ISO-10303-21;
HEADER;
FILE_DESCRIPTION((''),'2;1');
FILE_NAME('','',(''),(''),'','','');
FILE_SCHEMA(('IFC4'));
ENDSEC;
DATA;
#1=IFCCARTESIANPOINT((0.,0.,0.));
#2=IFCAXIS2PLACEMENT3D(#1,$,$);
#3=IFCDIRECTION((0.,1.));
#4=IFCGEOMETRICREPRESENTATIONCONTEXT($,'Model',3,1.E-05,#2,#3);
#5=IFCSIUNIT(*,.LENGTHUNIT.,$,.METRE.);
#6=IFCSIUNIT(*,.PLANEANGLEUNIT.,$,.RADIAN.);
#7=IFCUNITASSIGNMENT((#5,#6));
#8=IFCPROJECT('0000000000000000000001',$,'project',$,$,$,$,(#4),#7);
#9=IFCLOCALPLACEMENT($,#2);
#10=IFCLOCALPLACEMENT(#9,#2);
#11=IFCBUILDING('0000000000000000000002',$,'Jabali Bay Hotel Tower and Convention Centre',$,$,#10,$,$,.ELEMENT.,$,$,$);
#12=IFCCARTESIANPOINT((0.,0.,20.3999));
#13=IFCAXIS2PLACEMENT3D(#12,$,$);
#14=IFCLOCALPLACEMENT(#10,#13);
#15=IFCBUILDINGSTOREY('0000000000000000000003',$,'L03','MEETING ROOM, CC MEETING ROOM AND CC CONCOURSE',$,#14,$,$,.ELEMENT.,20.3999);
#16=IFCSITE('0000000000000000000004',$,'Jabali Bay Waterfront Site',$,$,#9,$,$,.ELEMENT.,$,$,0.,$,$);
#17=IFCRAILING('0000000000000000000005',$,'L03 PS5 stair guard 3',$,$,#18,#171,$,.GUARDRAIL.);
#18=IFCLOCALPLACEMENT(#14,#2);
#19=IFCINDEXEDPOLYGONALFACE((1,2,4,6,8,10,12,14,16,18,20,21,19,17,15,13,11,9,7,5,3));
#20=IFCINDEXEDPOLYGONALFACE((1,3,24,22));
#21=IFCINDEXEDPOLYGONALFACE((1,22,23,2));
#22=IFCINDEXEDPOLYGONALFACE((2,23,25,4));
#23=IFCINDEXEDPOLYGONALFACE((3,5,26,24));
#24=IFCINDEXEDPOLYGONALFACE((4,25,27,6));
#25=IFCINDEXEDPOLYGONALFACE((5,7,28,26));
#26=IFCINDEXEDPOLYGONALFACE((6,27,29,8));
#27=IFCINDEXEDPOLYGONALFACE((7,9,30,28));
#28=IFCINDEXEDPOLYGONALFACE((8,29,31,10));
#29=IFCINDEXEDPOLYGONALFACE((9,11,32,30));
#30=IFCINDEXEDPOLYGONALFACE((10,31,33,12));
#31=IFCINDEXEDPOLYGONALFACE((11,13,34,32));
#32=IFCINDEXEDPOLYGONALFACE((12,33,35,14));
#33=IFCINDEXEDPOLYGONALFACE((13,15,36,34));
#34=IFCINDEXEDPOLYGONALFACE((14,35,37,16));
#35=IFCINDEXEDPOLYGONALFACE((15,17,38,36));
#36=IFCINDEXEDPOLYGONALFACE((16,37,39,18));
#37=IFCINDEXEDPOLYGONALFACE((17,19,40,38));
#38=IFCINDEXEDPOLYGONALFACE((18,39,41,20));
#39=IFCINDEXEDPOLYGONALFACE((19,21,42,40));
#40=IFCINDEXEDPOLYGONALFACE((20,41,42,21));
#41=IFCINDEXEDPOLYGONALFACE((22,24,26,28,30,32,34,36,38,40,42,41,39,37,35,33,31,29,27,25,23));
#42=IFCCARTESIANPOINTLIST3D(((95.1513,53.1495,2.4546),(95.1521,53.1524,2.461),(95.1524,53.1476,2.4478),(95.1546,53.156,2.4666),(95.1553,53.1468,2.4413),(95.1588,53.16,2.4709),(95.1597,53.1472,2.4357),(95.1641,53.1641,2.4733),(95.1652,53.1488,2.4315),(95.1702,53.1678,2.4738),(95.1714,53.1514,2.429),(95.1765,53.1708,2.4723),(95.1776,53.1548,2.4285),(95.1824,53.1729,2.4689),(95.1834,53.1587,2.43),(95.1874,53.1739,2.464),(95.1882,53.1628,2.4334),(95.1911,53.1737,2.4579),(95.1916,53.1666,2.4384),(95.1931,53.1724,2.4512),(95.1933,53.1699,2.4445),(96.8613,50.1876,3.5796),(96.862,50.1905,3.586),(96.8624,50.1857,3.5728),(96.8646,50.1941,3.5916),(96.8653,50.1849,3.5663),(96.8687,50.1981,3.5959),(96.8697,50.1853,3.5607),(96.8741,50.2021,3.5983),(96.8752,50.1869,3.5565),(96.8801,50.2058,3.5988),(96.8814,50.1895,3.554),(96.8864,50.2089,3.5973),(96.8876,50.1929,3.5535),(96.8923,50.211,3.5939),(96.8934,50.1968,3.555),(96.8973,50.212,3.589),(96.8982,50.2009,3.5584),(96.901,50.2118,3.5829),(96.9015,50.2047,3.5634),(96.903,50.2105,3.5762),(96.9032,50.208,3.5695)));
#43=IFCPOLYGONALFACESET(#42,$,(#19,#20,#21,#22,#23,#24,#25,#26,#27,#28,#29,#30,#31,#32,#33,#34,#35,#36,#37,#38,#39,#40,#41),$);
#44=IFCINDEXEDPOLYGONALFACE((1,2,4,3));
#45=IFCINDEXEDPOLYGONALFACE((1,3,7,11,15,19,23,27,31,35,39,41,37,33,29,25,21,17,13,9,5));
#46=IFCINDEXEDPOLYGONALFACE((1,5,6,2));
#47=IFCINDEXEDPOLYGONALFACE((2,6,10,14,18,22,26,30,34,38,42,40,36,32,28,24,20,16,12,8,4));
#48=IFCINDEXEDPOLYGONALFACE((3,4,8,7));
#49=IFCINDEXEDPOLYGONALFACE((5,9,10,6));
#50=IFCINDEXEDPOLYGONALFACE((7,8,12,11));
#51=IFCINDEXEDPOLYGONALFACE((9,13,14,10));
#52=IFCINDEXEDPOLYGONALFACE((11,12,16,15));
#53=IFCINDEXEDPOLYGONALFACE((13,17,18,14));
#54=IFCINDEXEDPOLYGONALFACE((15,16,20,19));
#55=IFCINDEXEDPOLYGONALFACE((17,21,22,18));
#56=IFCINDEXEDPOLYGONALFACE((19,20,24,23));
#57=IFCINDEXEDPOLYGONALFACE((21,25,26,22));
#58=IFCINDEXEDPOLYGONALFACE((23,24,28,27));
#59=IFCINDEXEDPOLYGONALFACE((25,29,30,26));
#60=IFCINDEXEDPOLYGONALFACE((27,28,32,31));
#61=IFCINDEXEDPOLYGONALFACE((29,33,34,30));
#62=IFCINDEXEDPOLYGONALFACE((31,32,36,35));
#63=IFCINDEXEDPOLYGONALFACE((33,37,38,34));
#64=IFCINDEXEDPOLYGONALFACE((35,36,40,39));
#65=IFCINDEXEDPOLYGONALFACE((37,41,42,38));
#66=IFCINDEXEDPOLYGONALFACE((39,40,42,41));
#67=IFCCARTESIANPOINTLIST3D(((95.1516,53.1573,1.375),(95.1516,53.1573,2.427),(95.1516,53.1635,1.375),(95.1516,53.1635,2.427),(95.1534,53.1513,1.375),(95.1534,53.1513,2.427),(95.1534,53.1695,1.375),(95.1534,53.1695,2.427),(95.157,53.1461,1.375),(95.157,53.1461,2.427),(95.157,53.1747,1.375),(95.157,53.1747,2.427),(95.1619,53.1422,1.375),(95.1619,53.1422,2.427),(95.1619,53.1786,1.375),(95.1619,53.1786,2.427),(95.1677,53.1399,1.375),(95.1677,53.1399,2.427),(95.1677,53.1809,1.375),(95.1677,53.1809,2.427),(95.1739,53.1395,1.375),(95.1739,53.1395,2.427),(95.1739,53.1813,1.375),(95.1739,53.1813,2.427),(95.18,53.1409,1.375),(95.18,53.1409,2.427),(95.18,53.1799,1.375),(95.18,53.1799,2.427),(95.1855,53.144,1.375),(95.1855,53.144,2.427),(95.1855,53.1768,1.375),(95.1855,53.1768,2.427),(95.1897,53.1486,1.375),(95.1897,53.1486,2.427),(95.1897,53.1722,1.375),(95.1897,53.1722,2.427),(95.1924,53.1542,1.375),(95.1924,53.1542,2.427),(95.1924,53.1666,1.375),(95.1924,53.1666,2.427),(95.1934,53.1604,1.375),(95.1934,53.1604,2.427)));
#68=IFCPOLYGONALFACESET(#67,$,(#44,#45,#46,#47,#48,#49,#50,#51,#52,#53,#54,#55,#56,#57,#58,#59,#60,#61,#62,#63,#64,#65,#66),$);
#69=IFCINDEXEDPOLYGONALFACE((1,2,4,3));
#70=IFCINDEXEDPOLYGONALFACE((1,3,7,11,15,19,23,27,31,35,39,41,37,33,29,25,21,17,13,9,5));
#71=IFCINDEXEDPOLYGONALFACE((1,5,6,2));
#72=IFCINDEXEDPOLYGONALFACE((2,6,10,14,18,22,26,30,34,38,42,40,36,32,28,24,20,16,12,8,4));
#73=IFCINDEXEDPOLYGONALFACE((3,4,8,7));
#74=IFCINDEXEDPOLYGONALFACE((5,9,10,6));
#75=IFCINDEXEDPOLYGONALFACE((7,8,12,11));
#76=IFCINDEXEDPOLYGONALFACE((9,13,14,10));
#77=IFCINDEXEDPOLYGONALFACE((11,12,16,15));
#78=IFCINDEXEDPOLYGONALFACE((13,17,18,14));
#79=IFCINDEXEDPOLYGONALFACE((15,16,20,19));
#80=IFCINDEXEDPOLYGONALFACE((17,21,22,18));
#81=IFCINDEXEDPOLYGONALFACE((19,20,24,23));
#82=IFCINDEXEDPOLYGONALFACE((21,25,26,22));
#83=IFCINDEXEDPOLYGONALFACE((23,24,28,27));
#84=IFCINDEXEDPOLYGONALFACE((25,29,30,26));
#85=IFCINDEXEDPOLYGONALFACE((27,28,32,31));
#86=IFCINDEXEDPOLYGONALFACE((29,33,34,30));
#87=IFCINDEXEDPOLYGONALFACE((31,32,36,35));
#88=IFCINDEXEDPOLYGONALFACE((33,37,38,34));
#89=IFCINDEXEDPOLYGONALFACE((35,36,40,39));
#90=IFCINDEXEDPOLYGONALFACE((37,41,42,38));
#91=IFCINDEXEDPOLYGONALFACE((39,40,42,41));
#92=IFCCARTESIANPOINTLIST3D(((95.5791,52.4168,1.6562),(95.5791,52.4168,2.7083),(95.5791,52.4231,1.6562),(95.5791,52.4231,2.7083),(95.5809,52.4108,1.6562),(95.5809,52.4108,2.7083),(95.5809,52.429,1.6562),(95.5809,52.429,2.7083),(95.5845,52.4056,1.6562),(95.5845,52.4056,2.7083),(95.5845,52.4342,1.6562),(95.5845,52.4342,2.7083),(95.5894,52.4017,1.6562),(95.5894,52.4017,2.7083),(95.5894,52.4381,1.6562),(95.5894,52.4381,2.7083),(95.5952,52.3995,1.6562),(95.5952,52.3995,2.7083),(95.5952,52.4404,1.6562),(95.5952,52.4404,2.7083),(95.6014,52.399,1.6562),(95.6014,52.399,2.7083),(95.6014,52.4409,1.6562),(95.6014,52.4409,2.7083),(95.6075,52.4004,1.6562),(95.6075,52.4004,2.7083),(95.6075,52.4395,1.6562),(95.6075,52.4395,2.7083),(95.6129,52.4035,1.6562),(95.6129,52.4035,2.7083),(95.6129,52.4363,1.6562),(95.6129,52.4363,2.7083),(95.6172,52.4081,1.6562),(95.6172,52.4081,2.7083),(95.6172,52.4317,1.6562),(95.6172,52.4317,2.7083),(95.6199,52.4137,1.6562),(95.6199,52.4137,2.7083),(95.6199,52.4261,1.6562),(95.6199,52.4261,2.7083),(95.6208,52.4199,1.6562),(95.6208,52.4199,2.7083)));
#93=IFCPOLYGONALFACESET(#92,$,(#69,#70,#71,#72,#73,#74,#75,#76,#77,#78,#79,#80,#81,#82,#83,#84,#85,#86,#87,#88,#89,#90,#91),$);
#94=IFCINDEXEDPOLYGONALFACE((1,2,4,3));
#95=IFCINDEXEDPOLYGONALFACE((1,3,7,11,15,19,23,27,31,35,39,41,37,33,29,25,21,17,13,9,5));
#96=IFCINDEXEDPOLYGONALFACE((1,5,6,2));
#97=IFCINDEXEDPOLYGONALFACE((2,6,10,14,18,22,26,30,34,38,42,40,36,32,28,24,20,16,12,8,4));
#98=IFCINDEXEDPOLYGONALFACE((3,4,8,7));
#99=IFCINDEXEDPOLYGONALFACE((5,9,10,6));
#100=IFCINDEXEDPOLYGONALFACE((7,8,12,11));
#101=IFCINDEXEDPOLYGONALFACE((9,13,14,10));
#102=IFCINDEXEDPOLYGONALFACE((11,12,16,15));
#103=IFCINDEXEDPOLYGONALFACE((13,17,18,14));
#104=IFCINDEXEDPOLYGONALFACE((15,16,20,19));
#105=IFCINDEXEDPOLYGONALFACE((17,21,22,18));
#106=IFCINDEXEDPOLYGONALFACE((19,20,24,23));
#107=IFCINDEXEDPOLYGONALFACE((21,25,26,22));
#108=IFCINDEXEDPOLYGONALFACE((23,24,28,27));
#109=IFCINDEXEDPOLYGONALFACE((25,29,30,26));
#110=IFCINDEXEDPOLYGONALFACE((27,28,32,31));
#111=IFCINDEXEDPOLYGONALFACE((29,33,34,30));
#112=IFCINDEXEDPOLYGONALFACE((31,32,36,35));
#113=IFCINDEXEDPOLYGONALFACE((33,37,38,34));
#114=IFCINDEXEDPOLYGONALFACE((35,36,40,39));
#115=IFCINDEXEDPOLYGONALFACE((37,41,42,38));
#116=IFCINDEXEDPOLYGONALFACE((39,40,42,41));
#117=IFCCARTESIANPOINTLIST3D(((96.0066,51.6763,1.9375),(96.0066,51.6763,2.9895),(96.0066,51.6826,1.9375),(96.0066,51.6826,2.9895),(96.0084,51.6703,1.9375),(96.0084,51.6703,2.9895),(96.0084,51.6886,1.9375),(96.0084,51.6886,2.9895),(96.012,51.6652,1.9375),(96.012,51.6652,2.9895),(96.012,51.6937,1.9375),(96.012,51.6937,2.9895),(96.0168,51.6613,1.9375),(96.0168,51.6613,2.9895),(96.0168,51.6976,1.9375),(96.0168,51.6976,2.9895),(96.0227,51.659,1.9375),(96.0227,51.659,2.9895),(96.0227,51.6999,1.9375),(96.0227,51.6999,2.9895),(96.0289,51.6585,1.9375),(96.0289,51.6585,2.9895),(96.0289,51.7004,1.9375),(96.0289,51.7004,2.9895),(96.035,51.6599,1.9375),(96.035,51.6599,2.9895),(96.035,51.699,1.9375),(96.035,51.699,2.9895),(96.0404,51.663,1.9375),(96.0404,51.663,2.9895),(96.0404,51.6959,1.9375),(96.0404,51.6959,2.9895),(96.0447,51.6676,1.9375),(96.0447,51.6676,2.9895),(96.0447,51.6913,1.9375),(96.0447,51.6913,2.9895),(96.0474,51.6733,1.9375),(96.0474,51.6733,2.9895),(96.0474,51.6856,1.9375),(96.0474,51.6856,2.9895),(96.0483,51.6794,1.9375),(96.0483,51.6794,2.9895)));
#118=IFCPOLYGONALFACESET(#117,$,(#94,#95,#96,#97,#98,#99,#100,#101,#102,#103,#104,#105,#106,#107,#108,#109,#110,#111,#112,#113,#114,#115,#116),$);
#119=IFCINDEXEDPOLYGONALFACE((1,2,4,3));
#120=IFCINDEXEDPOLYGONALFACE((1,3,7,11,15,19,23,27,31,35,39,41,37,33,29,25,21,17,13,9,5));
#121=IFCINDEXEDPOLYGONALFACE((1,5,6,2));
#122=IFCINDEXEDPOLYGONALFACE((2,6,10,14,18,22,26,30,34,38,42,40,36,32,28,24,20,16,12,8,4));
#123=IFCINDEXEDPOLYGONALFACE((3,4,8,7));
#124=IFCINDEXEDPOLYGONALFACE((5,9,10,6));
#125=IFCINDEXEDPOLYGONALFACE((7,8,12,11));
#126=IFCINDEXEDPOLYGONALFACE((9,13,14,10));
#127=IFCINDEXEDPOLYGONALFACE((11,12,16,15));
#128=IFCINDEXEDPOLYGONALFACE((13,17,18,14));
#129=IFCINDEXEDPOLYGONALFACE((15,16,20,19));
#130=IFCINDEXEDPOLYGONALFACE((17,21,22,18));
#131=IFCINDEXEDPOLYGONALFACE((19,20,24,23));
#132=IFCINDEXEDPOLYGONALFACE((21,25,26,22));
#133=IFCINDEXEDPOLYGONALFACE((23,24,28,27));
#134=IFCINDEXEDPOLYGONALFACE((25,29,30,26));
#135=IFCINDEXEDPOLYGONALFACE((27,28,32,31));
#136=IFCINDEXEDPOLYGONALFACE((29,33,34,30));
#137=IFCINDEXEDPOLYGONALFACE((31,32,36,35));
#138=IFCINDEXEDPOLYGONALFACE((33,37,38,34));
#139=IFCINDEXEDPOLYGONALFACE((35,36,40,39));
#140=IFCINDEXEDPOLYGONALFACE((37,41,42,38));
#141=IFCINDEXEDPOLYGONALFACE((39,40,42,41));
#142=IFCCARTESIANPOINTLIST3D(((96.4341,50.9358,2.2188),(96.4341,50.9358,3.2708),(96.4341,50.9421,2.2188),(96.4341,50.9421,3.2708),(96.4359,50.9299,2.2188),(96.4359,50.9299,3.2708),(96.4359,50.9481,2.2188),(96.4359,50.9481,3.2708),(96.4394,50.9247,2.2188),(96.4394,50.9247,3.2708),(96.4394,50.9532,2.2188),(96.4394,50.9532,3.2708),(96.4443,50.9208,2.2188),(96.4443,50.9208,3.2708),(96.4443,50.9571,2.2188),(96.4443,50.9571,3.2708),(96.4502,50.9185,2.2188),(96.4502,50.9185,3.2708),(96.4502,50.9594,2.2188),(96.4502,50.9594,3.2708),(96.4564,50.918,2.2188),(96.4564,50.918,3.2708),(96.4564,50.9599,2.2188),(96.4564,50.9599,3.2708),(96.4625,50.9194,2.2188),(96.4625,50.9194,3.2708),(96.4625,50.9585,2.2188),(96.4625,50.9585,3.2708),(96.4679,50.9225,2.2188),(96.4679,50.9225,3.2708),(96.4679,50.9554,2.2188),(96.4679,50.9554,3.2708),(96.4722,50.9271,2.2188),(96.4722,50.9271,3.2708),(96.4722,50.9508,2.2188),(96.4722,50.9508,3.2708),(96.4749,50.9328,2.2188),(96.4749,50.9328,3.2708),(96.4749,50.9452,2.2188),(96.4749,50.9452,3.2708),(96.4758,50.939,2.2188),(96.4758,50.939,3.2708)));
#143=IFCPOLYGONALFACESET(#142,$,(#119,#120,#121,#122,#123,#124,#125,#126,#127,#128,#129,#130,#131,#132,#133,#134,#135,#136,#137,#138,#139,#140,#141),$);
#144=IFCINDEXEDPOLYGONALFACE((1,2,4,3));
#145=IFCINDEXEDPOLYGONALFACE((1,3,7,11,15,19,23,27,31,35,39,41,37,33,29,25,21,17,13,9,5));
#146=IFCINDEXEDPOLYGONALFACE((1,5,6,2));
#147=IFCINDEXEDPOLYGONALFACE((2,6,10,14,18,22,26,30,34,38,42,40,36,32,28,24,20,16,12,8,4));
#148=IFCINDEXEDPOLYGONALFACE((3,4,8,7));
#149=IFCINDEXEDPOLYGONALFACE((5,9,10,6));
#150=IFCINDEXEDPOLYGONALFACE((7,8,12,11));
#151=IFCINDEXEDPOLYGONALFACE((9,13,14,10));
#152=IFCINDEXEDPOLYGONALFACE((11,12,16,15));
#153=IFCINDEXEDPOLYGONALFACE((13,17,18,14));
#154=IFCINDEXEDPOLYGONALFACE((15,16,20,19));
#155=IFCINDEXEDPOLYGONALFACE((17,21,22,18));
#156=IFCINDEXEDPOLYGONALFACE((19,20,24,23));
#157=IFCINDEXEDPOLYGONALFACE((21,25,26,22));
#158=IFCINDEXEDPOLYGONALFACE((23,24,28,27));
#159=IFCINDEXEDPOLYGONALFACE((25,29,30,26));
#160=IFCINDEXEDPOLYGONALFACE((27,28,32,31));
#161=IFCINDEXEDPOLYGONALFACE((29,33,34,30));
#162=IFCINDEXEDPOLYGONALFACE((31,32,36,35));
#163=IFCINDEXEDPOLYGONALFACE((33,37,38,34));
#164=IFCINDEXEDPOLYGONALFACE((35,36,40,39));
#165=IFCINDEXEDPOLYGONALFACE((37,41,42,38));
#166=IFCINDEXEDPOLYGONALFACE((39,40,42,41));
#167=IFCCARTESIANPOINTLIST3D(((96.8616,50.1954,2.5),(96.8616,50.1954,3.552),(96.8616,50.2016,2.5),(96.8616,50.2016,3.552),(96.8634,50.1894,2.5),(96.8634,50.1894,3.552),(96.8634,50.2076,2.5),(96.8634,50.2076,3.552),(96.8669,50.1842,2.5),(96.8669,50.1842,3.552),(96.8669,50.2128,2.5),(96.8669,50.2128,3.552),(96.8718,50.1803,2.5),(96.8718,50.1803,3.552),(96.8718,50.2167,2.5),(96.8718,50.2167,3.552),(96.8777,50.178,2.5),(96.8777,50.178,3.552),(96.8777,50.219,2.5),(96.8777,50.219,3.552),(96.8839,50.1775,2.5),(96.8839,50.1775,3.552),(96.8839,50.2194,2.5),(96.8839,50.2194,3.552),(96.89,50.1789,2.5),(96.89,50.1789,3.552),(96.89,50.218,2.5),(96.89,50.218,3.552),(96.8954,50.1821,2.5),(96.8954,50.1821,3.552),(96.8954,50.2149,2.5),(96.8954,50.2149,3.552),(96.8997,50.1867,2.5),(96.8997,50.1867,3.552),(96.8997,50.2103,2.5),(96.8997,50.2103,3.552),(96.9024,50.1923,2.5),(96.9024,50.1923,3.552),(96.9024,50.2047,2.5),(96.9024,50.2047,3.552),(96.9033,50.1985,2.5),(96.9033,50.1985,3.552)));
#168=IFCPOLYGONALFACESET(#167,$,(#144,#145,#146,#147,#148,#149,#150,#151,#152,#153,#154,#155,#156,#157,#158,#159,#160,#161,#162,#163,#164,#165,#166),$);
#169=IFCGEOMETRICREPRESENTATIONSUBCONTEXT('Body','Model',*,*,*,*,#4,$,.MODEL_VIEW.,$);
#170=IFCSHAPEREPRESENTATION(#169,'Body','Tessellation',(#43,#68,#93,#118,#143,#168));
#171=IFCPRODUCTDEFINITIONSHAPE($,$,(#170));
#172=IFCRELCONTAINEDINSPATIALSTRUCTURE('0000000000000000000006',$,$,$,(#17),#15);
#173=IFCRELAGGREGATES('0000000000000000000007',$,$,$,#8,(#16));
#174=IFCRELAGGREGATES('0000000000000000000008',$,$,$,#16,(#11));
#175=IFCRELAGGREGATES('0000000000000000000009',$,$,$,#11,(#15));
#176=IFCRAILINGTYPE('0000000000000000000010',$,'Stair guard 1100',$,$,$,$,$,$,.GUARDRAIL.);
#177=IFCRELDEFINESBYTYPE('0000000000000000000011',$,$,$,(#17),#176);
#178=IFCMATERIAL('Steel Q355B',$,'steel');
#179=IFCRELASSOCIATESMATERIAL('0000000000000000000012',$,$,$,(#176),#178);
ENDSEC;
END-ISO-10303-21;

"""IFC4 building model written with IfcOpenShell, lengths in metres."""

from ifc_helpers import new_model, si_unit, direction, frame, origin, origin_2d, place, context, subcontext, project, spatial, circle, extrude, material, type_object, element, save


model = new_model("IFC4")

# Units and contexts
model_context = context("Model", 3, precision=1e-05, world=origin(), true_north=direction((0.0, 1.0)))
body_context = subcontext(model_context, "Body", "Model", "MODEL_VIEW")
ifc_project = project(units=[si_unit("LENGTHUNIT", "METRE"), si_unit("PLANEANGLEUNIT", "RADIAN")], contexts=[model_context])

# Site, building, storey
site_placement = place(None, origin())
site = spatial("IfcSite", under=ifc_project, at=site_placement, Name="Jabali Bay Waterfront Site", CompositionType="ELEMENT", RefElevation=0.0)
building_placement = place(site_placement, origin())
building = spatial("IfcBuilding", under=site, at=building_placement, Name="Jabali Bay Hotel Tower and Convention Centre", CompositionType="ELEMENT")
storey_placement = place(building_placement, frame((0.0, 0.0, 20.3999)))
storey = spatial("IfcBuildingStorey", under=building, at=storey_placement, Name="L03", Description="MEETING ROOM, CC MEETING ROOM AND CC CONCOURSE", CompositionType="ELEMENT", Elevation=20.3999)

# Railing
ifc_material_1 = material(Name="Steel Q355B", Category="steel")
railing_type_1 = type_object("IfcRailingType", Name="Stair guard 1100", PredefinedType="GUARDRAIL", material=ifc_material_1)
railing_1_placement = place(storey_placement, frame((95.1724, 53.1604, 1.375)))
element("IfcRailing", 1, at=railing_1_placement, inside=storey, type_object=railing_type_1, Name="L03 PS5 stair guard 3", PredefinedType="GUARDRAIL", context=body_context, shape_type="SweptSolid", body=[
    extrude(circle(Radius=0.0239, at=origin_2d()), frame((0.0, 0.0, 1.0762), z_axis=(0.474943, -0.822674, 0.31247), x_axis=(0.866038, 0.499978, 0.0)), (0.0, 0.0, 1.0), 3.6003),
    extrude(circle(Radius=0.021, at=origin_2d()), origin(), (0.0, 0.0, 1.0), 1.052),
    extrude(circle(Radius=0.021, at=origin_2d()), frame((0.4275, -0.7405, 0.2812)), (0.0, 0.0, 1.0), 1.052),
    extrude(circle(Radius=0.021, at=origin_2d()), frame((0.855, -1.481, 0.5625)), (0.0, 0.0, 1.0), 1.052),
    extrude(circle(Radius=0.021, at=origin_2d()), frame((1.2825, -2.2214, 0.8438)), (0.0, 0.0, 1.0), 1.052),
    extrude(circle(Radius=0.021, at=origin_2d()), frame((1.71, -2.9619, 1.125)), (0.0, 0.0, 1.0), 1.052),
])

save(model, "model.ifc")
